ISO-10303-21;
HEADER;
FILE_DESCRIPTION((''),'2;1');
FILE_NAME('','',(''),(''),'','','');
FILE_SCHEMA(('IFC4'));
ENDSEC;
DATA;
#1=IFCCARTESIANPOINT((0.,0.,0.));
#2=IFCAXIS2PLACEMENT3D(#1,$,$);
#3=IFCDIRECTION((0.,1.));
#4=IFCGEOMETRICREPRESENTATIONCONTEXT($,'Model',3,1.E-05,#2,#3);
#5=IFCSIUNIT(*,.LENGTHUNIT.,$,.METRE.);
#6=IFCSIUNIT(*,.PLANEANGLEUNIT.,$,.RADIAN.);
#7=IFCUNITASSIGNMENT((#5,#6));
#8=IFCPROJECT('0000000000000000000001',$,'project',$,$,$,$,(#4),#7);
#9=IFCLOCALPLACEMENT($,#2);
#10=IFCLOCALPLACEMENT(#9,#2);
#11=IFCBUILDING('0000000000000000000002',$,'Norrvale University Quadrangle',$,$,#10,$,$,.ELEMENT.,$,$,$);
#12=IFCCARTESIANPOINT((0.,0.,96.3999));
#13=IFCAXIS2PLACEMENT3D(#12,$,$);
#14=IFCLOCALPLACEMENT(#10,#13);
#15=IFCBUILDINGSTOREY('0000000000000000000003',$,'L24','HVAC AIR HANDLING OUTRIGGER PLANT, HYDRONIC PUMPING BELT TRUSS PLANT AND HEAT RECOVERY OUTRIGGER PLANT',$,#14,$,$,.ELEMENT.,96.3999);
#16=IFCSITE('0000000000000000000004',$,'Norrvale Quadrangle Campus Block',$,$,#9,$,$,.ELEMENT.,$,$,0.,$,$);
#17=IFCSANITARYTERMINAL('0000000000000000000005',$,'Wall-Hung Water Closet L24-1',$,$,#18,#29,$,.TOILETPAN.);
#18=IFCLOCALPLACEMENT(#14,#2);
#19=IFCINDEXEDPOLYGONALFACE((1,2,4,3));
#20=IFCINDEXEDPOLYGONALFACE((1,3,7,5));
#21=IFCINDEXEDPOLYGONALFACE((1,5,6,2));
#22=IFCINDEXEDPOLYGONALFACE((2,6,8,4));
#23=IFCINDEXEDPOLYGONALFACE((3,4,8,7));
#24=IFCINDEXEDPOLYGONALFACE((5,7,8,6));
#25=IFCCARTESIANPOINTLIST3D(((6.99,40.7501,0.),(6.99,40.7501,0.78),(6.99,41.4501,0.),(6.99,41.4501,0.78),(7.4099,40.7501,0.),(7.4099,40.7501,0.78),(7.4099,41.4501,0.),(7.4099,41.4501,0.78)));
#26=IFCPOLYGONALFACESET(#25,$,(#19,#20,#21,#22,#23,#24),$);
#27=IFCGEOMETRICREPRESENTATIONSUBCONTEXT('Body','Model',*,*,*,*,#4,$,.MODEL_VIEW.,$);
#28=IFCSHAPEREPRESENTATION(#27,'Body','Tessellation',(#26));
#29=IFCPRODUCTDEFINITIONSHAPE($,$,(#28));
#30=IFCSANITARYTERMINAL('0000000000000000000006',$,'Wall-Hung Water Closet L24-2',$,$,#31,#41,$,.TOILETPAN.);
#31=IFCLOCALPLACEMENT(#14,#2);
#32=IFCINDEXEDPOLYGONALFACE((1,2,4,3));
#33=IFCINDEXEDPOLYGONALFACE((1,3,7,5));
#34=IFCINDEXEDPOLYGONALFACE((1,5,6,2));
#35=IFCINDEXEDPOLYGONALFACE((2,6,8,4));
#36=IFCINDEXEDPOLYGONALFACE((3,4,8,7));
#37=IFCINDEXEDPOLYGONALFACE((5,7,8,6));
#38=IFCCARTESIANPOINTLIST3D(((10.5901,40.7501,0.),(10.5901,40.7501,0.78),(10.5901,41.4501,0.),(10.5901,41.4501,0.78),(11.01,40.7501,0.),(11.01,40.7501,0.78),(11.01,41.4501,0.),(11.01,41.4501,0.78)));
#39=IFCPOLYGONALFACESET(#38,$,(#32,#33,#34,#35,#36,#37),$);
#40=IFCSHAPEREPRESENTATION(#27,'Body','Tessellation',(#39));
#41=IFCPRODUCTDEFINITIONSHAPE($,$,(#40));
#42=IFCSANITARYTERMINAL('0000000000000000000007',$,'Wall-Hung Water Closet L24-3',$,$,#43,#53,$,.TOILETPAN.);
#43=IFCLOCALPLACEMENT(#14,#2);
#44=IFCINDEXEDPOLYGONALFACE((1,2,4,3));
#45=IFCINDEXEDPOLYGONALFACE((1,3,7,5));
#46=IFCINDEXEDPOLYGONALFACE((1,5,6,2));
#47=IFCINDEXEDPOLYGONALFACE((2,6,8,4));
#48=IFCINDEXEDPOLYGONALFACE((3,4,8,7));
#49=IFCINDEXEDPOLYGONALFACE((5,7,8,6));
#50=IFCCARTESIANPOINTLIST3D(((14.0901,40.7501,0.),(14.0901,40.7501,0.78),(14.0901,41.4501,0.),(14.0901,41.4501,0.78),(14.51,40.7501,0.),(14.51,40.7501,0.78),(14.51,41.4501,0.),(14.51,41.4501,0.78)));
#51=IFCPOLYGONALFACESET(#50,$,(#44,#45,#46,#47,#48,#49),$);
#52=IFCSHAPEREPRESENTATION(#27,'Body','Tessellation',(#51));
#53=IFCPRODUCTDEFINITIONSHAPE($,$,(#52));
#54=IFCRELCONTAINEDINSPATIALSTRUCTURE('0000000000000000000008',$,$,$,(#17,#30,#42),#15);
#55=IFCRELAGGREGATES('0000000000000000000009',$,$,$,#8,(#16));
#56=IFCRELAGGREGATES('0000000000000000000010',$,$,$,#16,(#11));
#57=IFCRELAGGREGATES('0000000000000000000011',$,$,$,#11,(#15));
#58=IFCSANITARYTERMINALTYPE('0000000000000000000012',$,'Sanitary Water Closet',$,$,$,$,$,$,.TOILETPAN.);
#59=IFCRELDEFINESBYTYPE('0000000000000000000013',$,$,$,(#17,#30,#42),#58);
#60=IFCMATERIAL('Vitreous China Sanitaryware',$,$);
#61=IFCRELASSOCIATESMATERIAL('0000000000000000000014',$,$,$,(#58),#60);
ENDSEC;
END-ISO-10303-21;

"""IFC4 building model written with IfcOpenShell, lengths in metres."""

from ifc_helpers import new_model, si_unit, direction, frame, origin, origin_2d, place, context, subcontext, project, spatial, rectangle, extrude, material, type_object, element, save


model = new_model("IFC4")

# Units and contexts
model_context = context("Model", 3, precision=1e-05, world=origin(), true_north=direction((0.0, 1.0)))
body_context = subcontext(model_context, "Body", "Model", "MODEL_VIEW")
ifc_project = project(units=[si_unit("LENGTHUNIT", "METRE"), si_unit("PLANEANGLEUNIT", "RADIAN")], contexts=[model_context])

# Site, building, storey
site_placement = place(None, origin())
site = spatial("IfcSite", under=ifc_project, at=site_placement, Name="Norrvale Quadrangle Campus Block", CompositionType="ELEMENT", RefElevation=0.0)
building_placement = place(site_placement, origin())
building = spatial("IfcBuilding", under=site, at=building_placement, Name="Norrvale University Quadrangle", CompositionType="ELEMENT")
storey_placement = place(building_placement, frame((0.0, 0.0, 96.3999)))
storey = spatial("IfcBuildingStorey", under=building, at=storey_placement, Name="L24", Description="HVAC AIR HANDLING OUTRIGGER PLANT, HYDRONIC PUMPING BELT TRUSS PLANT AND HEAT RECOVERY OUTRIGGER PLANT", CompositionType="ELEMENT", Elevation=96.3999)

# Sanitary terminals
ifc_material_1 = material(Name="Vitreous China Sanitaryware")
sanitary_terminal_type_1 = type_object("IfcSanitaryTerminalType", Name="Sanitary Water Closet", PredefinedType="TOILETPAN", material=ifc_material_1)
for number, where, z_axis, x_axis, name in (
    (1, (7.2, 41.1001, 0.0), (0.0, 0.0, 1.0), (1.0, 0.0, 0.0), "Wall-Hung Water Closet L24-1"),
    (2, (10.8, 41.1001, 0.0), (0.0, 0.0, 1.0), (1.0, 0.0, 0.0), "Wall-Hung Water Closet L24-2"),
    (3, (14.3, 41.1001, 0.0), (0.0, 0.0, 1.0), (1.0, 0.0, 0.0), "Wall-Hung Water Closet L24-3"),
):
    element("IfcSanitaryTerminal", number, at=place(storey_placement, frame(where, z_axis=z_axis, x_axis=x_axis)), inside=storey, type_object=sanitary_terminal_type_1, Name=name, PredefinedType="TOILETPAN", context=body_context, shape_type="SweptSolid", body=[
        extrude(rectangle(XDim=0.4199, YDim=0.7, at=origin_2d()), origin(), (0.0, 0.0, 1.0), 0.78),
    ])

save(model, "model.ifc")
